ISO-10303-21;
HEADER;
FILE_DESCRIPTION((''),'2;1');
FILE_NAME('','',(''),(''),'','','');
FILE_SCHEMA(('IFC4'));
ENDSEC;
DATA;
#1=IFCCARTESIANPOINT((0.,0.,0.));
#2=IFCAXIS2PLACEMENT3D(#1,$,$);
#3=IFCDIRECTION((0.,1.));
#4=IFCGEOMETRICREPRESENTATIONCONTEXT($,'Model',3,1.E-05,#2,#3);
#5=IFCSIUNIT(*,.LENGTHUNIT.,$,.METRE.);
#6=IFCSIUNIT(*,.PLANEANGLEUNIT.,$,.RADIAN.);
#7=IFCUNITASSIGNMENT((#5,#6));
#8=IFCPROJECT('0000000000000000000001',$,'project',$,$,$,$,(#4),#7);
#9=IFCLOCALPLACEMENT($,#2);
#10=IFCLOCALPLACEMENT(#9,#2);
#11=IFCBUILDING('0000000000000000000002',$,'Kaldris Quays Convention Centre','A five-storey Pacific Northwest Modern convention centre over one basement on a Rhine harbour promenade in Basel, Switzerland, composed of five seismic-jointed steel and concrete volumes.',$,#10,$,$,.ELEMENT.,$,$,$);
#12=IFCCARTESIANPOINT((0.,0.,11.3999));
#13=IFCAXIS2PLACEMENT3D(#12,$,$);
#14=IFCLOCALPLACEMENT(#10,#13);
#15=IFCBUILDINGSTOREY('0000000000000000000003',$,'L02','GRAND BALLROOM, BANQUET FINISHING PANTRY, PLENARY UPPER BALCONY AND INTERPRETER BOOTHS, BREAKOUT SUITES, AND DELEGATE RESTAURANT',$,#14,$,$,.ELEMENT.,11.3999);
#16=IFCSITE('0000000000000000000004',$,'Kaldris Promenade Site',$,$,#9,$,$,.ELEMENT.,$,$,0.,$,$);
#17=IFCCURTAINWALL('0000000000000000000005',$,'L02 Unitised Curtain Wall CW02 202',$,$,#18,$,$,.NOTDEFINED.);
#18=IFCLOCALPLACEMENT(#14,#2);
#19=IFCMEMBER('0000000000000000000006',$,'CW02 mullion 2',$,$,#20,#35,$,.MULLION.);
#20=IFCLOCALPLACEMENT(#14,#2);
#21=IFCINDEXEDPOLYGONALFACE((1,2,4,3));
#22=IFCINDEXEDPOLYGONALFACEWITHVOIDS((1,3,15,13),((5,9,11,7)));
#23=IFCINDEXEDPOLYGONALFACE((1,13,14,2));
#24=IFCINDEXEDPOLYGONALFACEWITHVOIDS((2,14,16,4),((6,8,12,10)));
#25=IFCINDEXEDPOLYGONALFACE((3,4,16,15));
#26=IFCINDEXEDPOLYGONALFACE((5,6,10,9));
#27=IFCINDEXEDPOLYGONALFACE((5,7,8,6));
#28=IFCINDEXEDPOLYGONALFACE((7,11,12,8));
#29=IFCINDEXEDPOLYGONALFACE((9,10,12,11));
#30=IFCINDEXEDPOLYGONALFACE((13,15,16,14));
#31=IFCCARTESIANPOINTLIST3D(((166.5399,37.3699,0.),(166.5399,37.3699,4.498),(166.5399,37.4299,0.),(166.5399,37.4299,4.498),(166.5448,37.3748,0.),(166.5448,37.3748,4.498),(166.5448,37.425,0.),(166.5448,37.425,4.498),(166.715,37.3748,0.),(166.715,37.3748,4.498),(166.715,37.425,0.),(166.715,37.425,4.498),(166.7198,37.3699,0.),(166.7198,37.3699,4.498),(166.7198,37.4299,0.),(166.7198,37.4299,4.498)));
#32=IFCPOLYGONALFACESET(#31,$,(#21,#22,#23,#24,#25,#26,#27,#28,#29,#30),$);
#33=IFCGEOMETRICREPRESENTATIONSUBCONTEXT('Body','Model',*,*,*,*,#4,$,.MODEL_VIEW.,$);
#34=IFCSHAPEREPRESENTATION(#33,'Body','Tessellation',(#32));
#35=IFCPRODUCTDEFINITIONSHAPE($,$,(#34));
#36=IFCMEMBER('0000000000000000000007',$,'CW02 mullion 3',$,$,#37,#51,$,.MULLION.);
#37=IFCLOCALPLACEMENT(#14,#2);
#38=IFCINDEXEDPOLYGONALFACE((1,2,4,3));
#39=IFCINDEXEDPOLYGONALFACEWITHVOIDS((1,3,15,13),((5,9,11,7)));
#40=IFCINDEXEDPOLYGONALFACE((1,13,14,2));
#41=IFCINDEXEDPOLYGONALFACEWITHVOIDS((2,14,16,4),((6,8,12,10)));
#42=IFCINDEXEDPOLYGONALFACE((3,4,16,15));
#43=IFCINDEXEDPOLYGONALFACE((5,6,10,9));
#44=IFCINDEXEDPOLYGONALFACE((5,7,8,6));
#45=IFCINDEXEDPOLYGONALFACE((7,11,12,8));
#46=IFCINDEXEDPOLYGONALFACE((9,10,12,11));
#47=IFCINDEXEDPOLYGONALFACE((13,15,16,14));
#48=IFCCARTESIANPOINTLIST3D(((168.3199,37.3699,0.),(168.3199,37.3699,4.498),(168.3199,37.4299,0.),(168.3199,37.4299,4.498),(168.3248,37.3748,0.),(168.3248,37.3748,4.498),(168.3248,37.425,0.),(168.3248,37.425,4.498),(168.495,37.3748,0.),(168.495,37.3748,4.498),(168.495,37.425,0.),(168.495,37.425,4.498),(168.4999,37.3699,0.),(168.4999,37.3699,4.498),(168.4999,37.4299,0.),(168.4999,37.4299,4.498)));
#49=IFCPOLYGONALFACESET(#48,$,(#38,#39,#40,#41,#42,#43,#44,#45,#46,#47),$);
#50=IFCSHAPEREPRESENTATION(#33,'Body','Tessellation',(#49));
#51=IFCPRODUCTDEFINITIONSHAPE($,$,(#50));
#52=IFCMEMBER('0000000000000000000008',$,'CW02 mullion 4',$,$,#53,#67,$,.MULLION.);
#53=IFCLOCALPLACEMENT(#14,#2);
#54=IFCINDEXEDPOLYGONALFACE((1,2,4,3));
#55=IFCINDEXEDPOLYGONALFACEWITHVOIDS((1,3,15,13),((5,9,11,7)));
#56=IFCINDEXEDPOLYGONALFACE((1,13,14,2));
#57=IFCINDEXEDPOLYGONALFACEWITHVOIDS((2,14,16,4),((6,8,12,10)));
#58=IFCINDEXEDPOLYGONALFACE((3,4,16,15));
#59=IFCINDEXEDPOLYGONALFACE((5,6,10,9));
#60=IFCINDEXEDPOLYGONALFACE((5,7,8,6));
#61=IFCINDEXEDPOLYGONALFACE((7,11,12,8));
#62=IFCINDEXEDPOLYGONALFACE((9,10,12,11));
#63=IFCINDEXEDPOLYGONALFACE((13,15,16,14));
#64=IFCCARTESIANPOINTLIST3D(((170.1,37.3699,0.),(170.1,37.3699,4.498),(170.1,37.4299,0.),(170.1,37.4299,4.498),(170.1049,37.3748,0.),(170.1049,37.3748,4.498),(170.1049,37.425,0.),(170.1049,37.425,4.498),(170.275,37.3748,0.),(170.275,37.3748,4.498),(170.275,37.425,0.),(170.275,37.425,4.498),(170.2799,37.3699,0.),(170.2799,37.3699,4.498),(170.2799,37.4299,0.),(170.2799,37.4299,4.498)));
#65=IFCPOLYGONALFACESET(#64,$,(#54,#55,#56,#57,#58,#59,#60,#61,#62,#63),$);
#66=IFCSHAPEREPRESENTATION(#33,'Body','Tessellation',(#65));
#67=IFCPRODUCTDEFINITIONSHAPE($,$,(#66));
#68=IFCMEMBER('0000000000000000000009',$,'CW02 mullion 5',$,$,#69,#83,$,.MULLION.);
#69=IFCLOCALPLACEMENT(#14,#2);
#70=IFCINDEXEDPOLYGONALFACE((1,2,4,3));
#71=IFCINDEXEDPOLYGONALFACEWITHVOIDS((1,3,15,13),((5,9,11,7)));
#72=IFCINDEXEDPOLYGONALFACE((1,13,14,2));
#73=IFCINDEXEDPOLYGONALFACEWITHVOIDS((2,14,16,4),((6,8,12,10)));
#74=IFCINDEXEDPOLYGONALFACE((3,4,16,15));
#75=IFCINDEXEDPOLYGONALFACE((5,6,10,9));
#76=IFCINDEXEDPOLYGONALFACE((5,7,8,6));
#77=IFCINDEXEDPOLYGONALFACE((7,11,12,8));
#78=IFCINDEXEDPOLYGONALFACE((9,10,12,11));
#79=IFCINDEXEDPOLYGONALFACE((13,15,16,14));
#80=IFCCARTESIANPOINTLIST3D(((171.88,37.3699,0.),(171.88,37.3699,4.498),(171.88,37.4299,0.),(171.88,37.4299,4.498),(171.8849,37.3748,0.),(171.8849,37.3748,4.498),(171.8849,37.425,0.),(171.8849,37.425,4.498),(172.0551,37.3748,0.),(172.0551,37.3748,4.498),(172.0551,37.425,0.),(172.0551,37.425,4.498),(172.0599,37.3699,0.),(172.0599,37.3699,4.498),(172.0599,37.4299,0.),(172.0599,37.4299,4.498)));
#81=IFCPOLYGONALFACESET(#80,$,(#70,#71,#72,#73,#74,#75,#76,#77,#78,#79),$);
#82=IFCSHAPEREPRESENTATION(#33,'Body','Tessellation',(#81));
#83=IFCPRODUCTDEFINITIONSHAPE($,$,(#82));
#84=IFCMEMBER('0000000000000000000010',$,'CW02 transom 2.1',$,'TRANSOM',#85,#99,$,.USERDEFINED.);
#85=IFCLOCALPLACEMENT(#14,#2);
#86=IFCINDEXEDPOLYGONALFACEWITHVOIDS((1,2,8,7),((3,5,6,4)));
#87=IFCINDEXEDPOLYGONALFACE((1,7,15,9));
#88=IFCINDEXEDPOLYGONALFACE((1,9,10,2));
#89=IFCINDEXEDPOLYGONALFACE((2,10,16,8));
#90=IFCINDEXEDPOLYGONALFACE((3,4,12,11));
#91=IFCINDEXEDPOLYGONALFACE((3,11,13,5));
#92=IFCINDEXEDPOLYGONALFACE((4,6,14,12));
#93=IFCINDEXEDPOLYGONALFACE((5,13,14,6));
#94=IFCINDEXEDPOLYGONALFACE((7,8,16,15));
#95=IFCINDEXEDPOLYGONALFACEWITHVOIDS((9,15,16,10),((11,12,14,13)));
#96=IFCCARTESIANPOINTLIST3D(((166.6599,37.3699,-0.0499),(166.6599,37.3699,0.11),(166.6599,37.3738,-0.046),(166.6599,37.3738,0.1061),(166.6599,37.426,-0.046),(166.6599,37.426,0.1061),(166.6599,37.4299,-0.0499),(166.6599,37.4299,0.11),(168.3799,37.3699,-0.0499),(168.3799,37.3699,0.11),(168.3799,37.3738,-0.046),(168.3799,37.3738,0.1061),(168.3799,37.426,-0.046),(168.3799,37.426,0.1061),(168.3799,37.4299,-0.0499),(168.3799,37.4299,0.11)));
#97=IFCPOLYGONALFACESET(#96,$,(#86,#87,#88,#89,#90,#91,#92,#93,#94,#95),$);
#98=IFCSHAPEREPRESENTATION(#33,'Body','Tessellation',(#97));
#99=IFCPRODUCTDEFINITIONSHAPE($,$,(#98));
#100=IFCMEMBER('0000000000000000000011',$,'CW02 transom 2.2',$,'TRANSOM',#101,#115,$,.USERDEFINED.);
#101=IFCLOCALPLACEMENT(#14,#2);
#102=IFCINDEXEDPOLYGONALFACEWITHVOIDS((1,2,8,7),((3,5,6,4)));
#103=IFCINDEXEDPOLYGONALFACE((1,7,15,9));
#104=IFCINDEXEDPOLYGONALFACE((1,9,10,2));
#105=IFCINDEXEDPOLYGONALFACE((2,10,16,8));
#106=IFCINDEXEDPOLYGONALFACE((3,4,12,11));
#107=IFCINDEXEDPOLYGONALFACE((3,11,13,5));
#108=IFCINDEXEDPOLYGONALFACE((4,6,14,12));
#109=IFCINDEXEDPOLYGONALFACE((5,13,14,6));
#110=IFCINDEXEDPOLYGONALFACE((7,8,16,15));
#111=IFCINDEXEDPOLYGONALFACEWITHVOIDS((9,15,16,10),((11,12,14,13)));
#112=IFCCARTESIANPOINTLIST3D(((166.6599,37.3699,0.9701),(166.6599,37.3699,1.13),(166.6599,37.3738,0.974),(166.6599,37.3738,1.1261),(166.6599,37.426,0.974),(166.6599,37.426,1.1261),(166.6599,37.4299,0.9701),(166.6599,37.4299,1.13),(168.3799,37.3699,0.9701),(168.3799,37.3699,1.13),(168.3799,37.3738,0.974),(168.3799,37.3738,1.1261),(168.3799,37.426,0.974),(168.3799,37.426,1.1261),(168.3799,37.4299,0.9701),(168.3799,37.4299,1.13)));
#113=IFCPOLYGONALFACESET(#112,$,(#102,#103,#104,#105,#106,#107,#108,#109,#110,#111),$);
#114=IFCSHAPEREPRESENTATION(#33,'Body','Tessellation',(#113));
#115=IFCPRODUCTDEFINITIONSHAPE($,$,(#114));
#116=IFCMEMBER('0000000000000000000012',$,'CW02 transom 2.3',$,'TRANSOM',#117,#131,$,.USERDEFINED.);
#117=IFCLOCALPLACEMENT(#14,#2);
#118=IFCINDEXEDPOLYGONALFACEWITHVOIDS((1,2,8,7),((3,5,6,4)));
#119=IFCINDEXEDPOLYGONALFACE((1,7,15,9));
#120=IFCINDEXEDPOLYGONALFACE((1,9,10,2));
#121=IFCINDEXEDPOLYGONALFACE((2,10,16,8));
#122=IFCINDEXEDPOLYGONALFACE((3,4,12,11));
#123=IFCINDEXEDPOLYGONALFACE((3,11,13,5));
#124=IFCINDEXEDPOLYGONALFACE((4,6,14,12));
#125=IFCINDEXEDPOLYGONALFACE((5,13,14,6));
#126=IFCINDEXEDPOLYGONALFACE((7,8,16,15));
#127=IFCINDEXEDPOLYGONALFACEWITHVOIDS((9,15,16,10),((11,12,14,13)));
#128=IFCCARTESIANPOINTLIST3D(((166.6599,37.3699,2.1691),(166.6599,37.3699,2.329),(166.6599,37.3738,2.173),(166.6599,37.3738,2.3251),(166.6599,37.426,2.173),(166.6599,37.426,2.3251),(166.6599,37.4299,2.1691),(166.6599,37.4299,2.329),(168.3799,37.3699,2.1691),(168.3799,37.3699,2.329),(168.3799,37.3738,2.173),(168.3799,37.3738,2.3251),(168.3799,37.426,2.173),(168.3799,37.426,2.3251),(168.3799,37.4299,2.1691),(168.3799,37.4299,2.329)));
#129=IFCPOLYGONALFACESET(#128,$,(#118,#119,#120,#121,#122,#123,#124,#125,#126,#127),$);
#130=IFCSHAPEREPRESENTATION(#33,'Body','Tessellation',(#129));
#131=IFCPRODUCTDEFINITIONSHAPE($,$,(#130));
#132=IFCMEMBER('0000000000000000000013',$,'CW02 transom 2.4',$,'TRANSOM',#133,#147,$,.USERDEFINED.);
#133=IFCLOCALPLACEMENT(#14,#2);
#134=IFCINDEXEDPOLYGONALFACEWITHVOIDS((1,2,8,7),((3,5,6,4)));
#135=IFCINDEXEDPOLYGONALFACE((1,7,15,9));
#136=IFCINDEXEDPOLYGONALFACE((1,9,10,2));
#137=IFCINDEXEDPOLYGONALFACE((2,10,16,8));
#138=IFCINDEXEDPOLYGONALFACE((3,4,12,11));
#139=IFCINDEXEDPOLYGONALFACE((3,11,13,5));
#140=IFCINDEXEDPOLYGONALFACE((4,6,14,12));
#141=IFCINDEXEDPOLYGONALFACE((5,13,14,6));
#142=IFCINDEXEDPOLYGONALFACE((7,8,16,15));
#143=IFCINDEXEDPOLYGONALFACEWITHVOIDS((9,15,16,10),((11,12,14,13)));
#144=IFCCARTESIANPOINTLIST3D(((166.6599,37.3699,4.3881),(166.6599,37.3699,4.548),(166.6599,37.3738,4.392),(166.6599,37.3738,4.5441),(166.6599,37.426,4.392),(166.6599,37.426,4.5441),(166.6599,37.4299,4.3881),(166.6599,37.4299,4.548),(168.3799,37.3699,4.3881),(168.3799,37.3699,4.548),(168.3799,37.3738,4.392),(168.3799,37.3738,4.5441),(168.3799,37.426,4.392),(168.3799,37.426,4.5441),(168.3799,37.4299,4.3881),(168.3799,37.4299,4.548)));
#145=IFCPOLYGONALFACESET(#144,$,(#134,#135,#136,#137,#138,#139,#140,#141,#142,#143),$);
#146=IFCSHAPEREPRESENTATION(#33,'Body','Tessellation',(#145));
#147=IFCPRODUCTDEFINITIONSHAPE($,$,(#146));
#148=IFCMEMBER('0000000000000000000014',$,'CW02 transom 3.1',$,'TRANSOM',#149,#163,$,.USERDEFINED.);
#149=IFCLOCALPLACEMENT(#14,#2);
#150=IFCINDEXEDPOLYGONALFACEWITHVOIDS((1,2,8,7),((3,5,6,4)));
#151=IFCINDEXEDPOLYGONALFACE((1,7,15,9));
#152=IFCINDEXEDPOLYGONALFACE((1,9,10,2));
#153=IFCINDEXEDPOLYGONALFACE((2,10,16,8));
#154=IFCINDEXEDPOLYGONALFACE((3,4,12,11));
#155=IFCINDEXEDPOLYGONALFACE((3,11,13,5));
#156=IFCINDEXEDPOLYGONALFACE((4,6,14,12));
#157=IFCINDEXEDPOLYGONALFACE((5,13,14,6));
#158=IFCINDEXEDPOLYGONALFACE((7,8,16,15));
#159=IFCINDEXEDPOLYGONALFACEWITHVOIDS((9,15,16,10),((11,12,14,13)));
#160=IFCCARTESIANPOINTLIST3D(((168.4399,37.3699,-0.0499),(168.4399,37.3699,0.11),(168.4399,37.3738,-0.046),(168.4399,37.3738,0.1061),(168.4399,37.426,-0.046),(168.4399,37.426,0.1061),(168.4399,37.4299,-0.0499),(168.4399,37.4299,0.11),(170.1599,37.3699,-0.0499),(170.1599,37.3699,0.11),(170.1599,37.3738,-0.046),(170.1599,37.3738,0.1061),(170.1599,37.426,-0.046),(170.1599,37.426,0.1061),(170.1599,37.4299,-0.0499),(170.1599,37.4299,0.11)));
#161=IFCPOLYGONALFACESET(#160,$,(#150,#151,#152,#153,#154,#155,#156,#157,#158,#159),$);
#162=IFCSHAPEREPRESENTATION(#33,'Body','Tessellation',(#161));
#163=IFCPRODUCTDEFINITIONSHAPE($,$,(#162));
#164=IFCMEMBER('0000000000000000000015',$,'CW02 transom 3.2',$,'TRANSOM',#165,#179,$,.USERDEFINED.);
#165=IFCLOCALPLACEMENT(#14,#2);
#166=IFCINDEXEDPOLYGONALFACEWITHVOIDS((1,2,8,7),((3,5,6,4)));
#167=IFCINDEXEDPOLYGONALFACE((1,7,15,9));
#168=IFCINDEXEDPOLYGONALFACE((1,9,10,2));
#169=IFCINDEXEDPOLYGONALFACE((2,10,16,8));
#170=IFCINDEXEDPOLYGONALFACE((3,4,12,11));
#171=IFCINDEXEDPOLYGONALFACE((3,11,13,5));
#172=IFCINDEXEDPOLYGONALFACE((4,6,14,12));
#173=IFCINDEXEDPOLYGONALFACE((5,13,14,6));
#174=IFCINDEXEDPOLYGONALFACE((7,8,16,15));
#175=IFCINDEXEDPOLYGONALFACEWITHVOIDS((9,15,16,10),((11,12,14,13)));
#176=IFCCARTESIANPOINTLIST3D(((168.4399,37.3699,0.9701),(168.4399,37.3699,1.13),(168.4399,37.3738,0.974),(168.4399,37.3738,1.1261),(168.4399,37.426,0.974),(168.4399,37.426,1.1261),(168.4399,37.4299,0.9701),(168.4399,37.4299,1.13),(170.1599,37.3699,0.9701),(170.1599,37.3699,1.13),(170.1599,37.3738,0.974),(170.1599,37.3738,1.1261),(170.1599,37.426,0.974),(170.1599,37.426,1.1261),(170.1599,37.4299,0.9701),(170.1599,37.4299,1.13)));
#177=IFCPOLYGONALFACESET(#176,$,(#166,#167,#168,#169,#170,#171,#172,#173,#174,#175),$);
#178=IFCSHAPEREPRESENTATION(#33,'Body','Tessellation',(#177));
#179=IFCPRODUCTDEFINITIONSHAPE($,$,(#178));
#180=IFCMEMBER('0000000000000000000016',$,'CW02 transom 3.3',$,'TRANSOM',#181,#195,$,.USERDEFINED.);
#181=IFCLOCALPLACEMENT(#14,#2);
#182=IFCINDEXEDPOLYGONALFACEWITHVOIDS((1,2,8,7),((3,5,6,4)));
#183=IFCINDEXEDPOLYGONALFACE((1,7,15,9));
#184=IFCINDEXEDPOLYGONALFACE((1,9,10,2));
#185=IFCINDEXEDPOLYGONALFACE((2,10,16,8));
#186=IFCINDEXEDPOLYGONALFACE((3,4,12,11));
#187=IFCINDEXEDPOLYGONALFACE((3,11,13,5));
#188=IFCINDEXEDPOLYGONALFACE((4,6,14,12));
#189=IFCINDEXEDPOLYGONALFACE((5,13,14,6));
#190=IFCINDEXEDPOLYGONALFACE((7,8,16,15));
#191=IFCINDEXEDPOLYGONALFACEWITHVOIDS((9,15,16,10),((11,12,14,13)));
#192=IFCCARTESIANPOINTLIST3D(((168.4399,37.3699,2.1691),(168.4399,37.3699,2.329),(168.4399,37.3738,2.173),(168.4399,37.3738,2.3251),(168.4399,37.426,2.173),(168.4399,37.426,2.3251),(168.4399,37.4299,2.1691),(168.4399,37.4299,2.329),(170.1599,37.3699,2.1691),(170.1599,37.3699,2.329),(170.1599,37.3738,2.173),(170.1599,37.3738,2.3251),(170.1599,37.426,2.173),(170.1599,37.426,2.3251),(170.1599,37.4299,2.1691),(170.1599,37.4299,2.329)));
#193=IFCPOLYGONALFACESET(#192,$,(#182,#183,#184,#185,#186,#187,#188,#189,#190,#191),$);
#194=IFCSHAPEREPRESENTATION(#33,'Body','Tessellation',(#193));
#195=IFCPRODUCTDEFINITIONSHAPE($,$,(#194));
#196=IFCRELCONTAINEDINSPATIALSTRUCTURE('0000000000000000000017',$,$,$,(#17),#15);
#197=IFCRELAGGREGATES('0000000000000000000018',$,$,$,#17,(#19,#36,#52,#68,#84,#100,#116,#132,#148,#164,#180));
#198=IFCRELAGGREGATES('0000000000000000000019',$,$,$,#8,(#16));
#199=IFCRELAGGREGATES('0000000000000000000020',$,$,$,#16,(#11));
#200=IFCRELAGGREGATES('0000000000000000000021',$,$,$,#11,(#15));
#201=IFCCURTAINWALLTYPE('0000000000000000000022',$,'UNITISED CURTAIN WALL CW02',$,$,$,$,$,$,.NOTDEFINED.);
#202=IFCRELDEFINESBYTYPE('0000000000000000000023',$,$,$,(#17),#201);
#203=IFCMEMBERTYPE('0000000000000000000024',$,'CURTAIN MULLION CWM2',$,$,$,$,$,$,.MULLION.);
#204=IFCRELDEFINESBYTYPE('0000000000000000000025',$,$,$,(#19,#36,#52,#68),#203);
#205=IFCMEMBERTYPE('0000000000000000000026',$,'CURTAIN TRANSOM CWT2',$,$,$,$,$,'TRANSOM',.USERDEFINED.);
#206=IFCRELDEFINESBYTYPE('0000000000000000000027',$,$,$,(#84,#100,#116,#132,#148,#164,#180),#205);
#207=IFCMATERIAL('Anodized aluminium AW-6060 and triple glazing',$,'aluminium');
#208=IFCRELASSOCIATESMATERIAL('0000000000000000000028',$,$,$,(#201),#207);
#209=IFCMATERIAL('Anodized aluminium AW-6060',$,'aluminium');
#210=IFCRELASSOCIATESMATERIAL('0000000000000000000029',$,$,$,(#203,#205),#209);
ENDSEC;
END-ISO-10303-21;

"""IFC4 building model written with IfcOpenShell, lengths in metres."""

from ifc_helpers import new_model, si_unit, direction, frame, origin, origin_2d, place, context, subcontext, project, spatial, hollow_rectangle, extrude, material, material_profile, profile_set, type_object, element, aggregate, save


model = new_model("IFC4")

# Units and contexts
model_context = context("Model", 3, precision=1e-05, world=origin(), true_north=direction((0.0, 1.0)))
body_context = subcontext(model_context, "Body", "Model", "MODEL_VIEW")
ifc_project = project(units=[si_unit("LENGTHUNIT", "METRE"), si_unit("PLANEANGLEUNIT", "RADIAN")], contexts=[model_context])

# Site, building, storey
site_placement = place(None, origin())
site = spatial("IfcSite", under=ifc_project, at=site_placement, Name="Kaldris Promenade Site", CompositionType="ELEMENT", RefElevation=0.0)
building_placement = place(site_placement, origin())
building = spatial("IfcBuilding", under=site, at=building_placement, Name="Kaldris Quays Convention Centre", Description="A five-storey Pacific Northwest Modern convention centre over one basement on a Rhine harbour promenade in Basel, Switzerland, composed of five seismic-jointed steel and concrete volumes.", CompositionType="ELEMENT")
storey_placement = place(building_placement, frame((0.0, 0.0, 11.3999)))
storey = spatial("IfcBuildingStorey", under=building, at=storey_placement, Name="L02", Description="GRAND BALLROOM, BANQUET FINISHING PANTRY, PLENARY UPPER BALCONY AND INTERPRETER BOOTHS, BREAKOUT SUITES, AND DELEGATE RESTAURANT", CompositionType="ELEMENT", Elevation=11.3999)

# Curtain wall, members
ifc_material_1 = material(Name="Anodized aluminium AW-6060 and triple glazing", Category="aluminium")
curtain_wall_type = type_object("IfcCurtainWallType", Name="UNITISED CURTAIN WALL CW02", PredefinedType="NOTDEFINED", material=ifc_material_1)
curtain_wall_placement = place(storey_placement, origin())
curtain_wall = element("IfcCurtainWall", 1, at=curtain_wall_placement, inside=storey, type_object=curtain_wall_type, Name="L02 Unitised Curtain Wall CW02 202", PredefinedType="NOTDEFINED")
ifc_material_2 = material(Name="Anodized aluminium AW-6060", Category="aluminium")
ifc_material_profile_1 = material_profile(ifc_material_2, hollow_rectangle(XDim=0.0601, YDim=0.1799, WallThickness=0.0049, at=origin_2d()), Name="RHS 180x60x5")
ifc_profile_set_1 = profile_set([ifc_material_profile_1], Name="Anodized aluminium AW-6060")
member_type_1 = type_object("IfcMemberType", Name="CURTAIN MULLION CWM2", PredefinedType="MULLION", material=ifc_profile_set_1)
member_1_placement = place(storey_placement, frame((166.6299, 37.3999, 0.0), z_axis=(0.0, 0.0, 1.0), x_axis=(0.0, 1.0, 0.0)))
member_1 = element("IfcMember", 2, at=member_1_placement, type_object=member_type_1, Name="CW02 mullion 2", PredefinedType="MULLION", context=body_context, shape_type="SweptSolid", body=[
    extrude(hollow_rectangle(XDim=0.0601, YDim=0.1799, WallThickness=0.0049, at=origin_2d()), origin(), (0.0, 0.0, 1.0), 4.498),
])
member_2_placement = place(storey_placement, frame((168.4099, 37.3999, 0.0), z_axis=(0.0, 0.0, 1.0), x_axis=(0.0, 1.0, 0.0)))
member_2 = element("IfcMember", 3, at=member_2_placement, type_object=member_type_1, Name="CW02 mullion 3", PredefinedType="MULLION", context=body_context, shape_type="SweptSolid", body=[
    extrude(hollow_rectangle(XDim=0.0601, YDim=0.1799, WallThickness=0.0049, at=origin_2d()), origin(), (0.0, 0.0, 1.0), 4.498),
])
member_3_placement = place(storey_placement, frame((170.1899, 37.3999, 0.0), z_axis=(0.0, 0.0, 1.0), x_axis=(0.0, 1.0, 0.0)))
member_3 = element("IfcMember", 4, at=member_3_placement, type_object=member_type_1, Name="CW02 mullion 4", PredefinedType="MULLION", context=body_context, shape_type="SweptSolid", body=[
    extrude(hollow_rectangle(XDim=0.0601, YDim=0.1799, WallThickness=0.0049, at=origin_2d()), origin(), (0.0, 0.0, 1.0), 4.498),
])
member_4_placement = place(storey_placement, frame((171.97, 37.3999, 0.0), z_axis=(0.0, 0.0, 1.0), x_axis=(0.0, 1.0, 0.0)))
member_4 = element("IfcMember", 5, at=member_4_placement, type_object=member_type_1, Name="CW02 mullion 5", PredefinedType="MULLION", context=body_context, shape_type="SweptSolid", body=[
    extrude(hollow_rectangle(XDim=0.0601, YDim=0.1799, WallThickness=0.0049, at=origin_2d()), origin(), (0.0, 0.0, 1.0), 4.498),
])
ifc_material_profile_2 = material_profile(ifc_material_2, hollow_rectangle(XDim=0.0601, YDim=0.1599, WallThickness=0.0039, at=origin_2d()), Name="RHS 160x60x4")
ifc_profile_set_2 = profile_set([ifc_material_profile_2], Name="Anodized aluminium AW-6060")
member_type_2 = type_object("IfcMemberType", Name="CURTAIN TRANSOM CWT2", ElementType="TRANSOM", PredefinedType="USERDEFINED", material=ifc_profile_set_2)
member_5_placement = place(storey_placement, frame((166.6599, 37.3999, 0.03), z_axis=(1.0, 0.0, 0.0), x_axis=(0.0, 1.0, 0.0)))
member_5 = element("IfcMember", 6, at=member_5_placement, type_object=member_type_2, Name="CW02 transom 2.1", ObjectType="TRANSOM", PredefinedType="USERDEFINED", context=body_context, shape_type="SweptSolid", body=[
    extrude(hollow_rectangle(XDim=0.0601, YDim=0.1599, WallThickness=0.0039, at=origin_2d()), origin(), (0.0, 0.0, 1.0), 1.72),
])
member_6_placement = place(storey_placement, frame((166.6599, 37.3999, 1.05), z_axis=(1.0, 0.0, 0.0), x_axis=(0.0, 1.0, 0.0)))
member_6 = element("IfcMember", 7, at=member_6_placement, type_object=member_type_2, Name="CW02 transom 2.2", ObjectType="TRANSOM", PredefinedType="USERDEFINED", context=body_context, shape_type="SweptSolid", body=[
    extrude(hollow_rectangle(XDim=0.0601, YDim=0.1599, WallThickness=0.0039, at=origin_2d()), origin(), (0.0, 0.0, 1.0), 1.72),
])
member_7_placement = place(storey_placement, frame((166.6599, 37.3999, 2.249), z_axis=(1.0, 0.0, 0.0), x_axis=(0.0, 1.0, 0.0)))
member_7 = element("IfcMember", 8, at=member_7_placement, type_object=member_type_2, Name="CW02 transom 2.3", ObjectType="TRANSOM", PredefinedType="USERDEFINED", context=body_context, shape_type="SweptSolid", body=[
    extrude(hollow_rectangle(XDim=0.0601, YDim=0.1599, WallThickness=0.0039, at=origin_2d()), origin(), (0.0, 0.0, 1.0), 1.72),
])
member_8_placement = place(storey_placement, frame((166.6599, 37.3999, 4.468), z_axis=(1.0, 0.0, 0.0), x_axis=(0.0, 1.0, 0.0)))
member_8 = element("IfcMember", 9, at=member_8_placement, type_object=member_type_2, Name="CW02 transom 2.4", ObjectType="TRANSOM", PredefinedType="USERDEFINED", context=body_context, shape_type="SweptSolid", body=[
    extrude(hollow_rectangle(XDim=0.0601, YDim=0.1599, WallThickness=0.0039, at=origin_2d()), origin(), (0.0, 0.0, 1.0), 1.72),
])
member_9_placement = place(storey_placement, frame((168.4399, 37.3999, 0.03), z_axis=(1.0, 0.0, 0.0), x_axis=(0.0, 1.0, 0.0)))
member_9 = element("IfcMember", 10, at=member_9_placement, type_object=member_type_2, Name="CW02 transom 3.1", ObjectType="TRANSOM", PredefinedType="USERDEFINED", context=body_context, shape_type="SweptSolid", body=[
    extrude(hollow_rectangle(XDim=0.0601, YDim=0.1599, WallThickness=0.0039, at=origin_2d()), origin(), (0.0, 0.0, 1.0), 1.72),
])
member_10_placement = place(storey_placement, frame((168.4399, 37.3999, 1.05), z_axis=(1.0, 0.0, 0.0), x_axis=(0.0, 1.0, 0.0)))
member_10 = element("IfcMember", 11, at=member_10_placement, type_object=member_type_2, Name="CW02 transom 3.2", ObjectType="TRANSOM", PredefinedType="USERDEFINED", context=body_context, shape_type="SweptSolid", body=[
    extrude(hollow_rectangle(XDim=0.0601, YDim=0.1599, WallThickness=0.0039, at=origin_2d()), origin(), (0.0, 0.0, 1.0), 1.72),
])
member_11_placement = place(storey_placement, frame((168.4399, 37.3999, 2.249), z_axis=(1.0, 0.0, 0.0), x_axis=(0.0, 1.0, 0.0)))
member_11 = element("IfcMember", 12, at=member_11_placement, type_object=member_type_2, Name="CW02 transom 3.3", ObjectType="TRANSOM", PredefinedType="USERDEFINED", context=body_context, shape_type="SweptSolid", body=[
    extrude(hollow_rectangle(XDim=0.0601, YDim=0.1599, WallThickness=0.0039, at=origin_2d()), origin(), (0.0, 0.0, 1.0), 1.72),
])
aggregate(curtain_wall, [member_1, member_2, member_3, member_4, member_5, member_6, member_7, member_8, member_9, member_10, member_11])

save(model, "model.ifc")
